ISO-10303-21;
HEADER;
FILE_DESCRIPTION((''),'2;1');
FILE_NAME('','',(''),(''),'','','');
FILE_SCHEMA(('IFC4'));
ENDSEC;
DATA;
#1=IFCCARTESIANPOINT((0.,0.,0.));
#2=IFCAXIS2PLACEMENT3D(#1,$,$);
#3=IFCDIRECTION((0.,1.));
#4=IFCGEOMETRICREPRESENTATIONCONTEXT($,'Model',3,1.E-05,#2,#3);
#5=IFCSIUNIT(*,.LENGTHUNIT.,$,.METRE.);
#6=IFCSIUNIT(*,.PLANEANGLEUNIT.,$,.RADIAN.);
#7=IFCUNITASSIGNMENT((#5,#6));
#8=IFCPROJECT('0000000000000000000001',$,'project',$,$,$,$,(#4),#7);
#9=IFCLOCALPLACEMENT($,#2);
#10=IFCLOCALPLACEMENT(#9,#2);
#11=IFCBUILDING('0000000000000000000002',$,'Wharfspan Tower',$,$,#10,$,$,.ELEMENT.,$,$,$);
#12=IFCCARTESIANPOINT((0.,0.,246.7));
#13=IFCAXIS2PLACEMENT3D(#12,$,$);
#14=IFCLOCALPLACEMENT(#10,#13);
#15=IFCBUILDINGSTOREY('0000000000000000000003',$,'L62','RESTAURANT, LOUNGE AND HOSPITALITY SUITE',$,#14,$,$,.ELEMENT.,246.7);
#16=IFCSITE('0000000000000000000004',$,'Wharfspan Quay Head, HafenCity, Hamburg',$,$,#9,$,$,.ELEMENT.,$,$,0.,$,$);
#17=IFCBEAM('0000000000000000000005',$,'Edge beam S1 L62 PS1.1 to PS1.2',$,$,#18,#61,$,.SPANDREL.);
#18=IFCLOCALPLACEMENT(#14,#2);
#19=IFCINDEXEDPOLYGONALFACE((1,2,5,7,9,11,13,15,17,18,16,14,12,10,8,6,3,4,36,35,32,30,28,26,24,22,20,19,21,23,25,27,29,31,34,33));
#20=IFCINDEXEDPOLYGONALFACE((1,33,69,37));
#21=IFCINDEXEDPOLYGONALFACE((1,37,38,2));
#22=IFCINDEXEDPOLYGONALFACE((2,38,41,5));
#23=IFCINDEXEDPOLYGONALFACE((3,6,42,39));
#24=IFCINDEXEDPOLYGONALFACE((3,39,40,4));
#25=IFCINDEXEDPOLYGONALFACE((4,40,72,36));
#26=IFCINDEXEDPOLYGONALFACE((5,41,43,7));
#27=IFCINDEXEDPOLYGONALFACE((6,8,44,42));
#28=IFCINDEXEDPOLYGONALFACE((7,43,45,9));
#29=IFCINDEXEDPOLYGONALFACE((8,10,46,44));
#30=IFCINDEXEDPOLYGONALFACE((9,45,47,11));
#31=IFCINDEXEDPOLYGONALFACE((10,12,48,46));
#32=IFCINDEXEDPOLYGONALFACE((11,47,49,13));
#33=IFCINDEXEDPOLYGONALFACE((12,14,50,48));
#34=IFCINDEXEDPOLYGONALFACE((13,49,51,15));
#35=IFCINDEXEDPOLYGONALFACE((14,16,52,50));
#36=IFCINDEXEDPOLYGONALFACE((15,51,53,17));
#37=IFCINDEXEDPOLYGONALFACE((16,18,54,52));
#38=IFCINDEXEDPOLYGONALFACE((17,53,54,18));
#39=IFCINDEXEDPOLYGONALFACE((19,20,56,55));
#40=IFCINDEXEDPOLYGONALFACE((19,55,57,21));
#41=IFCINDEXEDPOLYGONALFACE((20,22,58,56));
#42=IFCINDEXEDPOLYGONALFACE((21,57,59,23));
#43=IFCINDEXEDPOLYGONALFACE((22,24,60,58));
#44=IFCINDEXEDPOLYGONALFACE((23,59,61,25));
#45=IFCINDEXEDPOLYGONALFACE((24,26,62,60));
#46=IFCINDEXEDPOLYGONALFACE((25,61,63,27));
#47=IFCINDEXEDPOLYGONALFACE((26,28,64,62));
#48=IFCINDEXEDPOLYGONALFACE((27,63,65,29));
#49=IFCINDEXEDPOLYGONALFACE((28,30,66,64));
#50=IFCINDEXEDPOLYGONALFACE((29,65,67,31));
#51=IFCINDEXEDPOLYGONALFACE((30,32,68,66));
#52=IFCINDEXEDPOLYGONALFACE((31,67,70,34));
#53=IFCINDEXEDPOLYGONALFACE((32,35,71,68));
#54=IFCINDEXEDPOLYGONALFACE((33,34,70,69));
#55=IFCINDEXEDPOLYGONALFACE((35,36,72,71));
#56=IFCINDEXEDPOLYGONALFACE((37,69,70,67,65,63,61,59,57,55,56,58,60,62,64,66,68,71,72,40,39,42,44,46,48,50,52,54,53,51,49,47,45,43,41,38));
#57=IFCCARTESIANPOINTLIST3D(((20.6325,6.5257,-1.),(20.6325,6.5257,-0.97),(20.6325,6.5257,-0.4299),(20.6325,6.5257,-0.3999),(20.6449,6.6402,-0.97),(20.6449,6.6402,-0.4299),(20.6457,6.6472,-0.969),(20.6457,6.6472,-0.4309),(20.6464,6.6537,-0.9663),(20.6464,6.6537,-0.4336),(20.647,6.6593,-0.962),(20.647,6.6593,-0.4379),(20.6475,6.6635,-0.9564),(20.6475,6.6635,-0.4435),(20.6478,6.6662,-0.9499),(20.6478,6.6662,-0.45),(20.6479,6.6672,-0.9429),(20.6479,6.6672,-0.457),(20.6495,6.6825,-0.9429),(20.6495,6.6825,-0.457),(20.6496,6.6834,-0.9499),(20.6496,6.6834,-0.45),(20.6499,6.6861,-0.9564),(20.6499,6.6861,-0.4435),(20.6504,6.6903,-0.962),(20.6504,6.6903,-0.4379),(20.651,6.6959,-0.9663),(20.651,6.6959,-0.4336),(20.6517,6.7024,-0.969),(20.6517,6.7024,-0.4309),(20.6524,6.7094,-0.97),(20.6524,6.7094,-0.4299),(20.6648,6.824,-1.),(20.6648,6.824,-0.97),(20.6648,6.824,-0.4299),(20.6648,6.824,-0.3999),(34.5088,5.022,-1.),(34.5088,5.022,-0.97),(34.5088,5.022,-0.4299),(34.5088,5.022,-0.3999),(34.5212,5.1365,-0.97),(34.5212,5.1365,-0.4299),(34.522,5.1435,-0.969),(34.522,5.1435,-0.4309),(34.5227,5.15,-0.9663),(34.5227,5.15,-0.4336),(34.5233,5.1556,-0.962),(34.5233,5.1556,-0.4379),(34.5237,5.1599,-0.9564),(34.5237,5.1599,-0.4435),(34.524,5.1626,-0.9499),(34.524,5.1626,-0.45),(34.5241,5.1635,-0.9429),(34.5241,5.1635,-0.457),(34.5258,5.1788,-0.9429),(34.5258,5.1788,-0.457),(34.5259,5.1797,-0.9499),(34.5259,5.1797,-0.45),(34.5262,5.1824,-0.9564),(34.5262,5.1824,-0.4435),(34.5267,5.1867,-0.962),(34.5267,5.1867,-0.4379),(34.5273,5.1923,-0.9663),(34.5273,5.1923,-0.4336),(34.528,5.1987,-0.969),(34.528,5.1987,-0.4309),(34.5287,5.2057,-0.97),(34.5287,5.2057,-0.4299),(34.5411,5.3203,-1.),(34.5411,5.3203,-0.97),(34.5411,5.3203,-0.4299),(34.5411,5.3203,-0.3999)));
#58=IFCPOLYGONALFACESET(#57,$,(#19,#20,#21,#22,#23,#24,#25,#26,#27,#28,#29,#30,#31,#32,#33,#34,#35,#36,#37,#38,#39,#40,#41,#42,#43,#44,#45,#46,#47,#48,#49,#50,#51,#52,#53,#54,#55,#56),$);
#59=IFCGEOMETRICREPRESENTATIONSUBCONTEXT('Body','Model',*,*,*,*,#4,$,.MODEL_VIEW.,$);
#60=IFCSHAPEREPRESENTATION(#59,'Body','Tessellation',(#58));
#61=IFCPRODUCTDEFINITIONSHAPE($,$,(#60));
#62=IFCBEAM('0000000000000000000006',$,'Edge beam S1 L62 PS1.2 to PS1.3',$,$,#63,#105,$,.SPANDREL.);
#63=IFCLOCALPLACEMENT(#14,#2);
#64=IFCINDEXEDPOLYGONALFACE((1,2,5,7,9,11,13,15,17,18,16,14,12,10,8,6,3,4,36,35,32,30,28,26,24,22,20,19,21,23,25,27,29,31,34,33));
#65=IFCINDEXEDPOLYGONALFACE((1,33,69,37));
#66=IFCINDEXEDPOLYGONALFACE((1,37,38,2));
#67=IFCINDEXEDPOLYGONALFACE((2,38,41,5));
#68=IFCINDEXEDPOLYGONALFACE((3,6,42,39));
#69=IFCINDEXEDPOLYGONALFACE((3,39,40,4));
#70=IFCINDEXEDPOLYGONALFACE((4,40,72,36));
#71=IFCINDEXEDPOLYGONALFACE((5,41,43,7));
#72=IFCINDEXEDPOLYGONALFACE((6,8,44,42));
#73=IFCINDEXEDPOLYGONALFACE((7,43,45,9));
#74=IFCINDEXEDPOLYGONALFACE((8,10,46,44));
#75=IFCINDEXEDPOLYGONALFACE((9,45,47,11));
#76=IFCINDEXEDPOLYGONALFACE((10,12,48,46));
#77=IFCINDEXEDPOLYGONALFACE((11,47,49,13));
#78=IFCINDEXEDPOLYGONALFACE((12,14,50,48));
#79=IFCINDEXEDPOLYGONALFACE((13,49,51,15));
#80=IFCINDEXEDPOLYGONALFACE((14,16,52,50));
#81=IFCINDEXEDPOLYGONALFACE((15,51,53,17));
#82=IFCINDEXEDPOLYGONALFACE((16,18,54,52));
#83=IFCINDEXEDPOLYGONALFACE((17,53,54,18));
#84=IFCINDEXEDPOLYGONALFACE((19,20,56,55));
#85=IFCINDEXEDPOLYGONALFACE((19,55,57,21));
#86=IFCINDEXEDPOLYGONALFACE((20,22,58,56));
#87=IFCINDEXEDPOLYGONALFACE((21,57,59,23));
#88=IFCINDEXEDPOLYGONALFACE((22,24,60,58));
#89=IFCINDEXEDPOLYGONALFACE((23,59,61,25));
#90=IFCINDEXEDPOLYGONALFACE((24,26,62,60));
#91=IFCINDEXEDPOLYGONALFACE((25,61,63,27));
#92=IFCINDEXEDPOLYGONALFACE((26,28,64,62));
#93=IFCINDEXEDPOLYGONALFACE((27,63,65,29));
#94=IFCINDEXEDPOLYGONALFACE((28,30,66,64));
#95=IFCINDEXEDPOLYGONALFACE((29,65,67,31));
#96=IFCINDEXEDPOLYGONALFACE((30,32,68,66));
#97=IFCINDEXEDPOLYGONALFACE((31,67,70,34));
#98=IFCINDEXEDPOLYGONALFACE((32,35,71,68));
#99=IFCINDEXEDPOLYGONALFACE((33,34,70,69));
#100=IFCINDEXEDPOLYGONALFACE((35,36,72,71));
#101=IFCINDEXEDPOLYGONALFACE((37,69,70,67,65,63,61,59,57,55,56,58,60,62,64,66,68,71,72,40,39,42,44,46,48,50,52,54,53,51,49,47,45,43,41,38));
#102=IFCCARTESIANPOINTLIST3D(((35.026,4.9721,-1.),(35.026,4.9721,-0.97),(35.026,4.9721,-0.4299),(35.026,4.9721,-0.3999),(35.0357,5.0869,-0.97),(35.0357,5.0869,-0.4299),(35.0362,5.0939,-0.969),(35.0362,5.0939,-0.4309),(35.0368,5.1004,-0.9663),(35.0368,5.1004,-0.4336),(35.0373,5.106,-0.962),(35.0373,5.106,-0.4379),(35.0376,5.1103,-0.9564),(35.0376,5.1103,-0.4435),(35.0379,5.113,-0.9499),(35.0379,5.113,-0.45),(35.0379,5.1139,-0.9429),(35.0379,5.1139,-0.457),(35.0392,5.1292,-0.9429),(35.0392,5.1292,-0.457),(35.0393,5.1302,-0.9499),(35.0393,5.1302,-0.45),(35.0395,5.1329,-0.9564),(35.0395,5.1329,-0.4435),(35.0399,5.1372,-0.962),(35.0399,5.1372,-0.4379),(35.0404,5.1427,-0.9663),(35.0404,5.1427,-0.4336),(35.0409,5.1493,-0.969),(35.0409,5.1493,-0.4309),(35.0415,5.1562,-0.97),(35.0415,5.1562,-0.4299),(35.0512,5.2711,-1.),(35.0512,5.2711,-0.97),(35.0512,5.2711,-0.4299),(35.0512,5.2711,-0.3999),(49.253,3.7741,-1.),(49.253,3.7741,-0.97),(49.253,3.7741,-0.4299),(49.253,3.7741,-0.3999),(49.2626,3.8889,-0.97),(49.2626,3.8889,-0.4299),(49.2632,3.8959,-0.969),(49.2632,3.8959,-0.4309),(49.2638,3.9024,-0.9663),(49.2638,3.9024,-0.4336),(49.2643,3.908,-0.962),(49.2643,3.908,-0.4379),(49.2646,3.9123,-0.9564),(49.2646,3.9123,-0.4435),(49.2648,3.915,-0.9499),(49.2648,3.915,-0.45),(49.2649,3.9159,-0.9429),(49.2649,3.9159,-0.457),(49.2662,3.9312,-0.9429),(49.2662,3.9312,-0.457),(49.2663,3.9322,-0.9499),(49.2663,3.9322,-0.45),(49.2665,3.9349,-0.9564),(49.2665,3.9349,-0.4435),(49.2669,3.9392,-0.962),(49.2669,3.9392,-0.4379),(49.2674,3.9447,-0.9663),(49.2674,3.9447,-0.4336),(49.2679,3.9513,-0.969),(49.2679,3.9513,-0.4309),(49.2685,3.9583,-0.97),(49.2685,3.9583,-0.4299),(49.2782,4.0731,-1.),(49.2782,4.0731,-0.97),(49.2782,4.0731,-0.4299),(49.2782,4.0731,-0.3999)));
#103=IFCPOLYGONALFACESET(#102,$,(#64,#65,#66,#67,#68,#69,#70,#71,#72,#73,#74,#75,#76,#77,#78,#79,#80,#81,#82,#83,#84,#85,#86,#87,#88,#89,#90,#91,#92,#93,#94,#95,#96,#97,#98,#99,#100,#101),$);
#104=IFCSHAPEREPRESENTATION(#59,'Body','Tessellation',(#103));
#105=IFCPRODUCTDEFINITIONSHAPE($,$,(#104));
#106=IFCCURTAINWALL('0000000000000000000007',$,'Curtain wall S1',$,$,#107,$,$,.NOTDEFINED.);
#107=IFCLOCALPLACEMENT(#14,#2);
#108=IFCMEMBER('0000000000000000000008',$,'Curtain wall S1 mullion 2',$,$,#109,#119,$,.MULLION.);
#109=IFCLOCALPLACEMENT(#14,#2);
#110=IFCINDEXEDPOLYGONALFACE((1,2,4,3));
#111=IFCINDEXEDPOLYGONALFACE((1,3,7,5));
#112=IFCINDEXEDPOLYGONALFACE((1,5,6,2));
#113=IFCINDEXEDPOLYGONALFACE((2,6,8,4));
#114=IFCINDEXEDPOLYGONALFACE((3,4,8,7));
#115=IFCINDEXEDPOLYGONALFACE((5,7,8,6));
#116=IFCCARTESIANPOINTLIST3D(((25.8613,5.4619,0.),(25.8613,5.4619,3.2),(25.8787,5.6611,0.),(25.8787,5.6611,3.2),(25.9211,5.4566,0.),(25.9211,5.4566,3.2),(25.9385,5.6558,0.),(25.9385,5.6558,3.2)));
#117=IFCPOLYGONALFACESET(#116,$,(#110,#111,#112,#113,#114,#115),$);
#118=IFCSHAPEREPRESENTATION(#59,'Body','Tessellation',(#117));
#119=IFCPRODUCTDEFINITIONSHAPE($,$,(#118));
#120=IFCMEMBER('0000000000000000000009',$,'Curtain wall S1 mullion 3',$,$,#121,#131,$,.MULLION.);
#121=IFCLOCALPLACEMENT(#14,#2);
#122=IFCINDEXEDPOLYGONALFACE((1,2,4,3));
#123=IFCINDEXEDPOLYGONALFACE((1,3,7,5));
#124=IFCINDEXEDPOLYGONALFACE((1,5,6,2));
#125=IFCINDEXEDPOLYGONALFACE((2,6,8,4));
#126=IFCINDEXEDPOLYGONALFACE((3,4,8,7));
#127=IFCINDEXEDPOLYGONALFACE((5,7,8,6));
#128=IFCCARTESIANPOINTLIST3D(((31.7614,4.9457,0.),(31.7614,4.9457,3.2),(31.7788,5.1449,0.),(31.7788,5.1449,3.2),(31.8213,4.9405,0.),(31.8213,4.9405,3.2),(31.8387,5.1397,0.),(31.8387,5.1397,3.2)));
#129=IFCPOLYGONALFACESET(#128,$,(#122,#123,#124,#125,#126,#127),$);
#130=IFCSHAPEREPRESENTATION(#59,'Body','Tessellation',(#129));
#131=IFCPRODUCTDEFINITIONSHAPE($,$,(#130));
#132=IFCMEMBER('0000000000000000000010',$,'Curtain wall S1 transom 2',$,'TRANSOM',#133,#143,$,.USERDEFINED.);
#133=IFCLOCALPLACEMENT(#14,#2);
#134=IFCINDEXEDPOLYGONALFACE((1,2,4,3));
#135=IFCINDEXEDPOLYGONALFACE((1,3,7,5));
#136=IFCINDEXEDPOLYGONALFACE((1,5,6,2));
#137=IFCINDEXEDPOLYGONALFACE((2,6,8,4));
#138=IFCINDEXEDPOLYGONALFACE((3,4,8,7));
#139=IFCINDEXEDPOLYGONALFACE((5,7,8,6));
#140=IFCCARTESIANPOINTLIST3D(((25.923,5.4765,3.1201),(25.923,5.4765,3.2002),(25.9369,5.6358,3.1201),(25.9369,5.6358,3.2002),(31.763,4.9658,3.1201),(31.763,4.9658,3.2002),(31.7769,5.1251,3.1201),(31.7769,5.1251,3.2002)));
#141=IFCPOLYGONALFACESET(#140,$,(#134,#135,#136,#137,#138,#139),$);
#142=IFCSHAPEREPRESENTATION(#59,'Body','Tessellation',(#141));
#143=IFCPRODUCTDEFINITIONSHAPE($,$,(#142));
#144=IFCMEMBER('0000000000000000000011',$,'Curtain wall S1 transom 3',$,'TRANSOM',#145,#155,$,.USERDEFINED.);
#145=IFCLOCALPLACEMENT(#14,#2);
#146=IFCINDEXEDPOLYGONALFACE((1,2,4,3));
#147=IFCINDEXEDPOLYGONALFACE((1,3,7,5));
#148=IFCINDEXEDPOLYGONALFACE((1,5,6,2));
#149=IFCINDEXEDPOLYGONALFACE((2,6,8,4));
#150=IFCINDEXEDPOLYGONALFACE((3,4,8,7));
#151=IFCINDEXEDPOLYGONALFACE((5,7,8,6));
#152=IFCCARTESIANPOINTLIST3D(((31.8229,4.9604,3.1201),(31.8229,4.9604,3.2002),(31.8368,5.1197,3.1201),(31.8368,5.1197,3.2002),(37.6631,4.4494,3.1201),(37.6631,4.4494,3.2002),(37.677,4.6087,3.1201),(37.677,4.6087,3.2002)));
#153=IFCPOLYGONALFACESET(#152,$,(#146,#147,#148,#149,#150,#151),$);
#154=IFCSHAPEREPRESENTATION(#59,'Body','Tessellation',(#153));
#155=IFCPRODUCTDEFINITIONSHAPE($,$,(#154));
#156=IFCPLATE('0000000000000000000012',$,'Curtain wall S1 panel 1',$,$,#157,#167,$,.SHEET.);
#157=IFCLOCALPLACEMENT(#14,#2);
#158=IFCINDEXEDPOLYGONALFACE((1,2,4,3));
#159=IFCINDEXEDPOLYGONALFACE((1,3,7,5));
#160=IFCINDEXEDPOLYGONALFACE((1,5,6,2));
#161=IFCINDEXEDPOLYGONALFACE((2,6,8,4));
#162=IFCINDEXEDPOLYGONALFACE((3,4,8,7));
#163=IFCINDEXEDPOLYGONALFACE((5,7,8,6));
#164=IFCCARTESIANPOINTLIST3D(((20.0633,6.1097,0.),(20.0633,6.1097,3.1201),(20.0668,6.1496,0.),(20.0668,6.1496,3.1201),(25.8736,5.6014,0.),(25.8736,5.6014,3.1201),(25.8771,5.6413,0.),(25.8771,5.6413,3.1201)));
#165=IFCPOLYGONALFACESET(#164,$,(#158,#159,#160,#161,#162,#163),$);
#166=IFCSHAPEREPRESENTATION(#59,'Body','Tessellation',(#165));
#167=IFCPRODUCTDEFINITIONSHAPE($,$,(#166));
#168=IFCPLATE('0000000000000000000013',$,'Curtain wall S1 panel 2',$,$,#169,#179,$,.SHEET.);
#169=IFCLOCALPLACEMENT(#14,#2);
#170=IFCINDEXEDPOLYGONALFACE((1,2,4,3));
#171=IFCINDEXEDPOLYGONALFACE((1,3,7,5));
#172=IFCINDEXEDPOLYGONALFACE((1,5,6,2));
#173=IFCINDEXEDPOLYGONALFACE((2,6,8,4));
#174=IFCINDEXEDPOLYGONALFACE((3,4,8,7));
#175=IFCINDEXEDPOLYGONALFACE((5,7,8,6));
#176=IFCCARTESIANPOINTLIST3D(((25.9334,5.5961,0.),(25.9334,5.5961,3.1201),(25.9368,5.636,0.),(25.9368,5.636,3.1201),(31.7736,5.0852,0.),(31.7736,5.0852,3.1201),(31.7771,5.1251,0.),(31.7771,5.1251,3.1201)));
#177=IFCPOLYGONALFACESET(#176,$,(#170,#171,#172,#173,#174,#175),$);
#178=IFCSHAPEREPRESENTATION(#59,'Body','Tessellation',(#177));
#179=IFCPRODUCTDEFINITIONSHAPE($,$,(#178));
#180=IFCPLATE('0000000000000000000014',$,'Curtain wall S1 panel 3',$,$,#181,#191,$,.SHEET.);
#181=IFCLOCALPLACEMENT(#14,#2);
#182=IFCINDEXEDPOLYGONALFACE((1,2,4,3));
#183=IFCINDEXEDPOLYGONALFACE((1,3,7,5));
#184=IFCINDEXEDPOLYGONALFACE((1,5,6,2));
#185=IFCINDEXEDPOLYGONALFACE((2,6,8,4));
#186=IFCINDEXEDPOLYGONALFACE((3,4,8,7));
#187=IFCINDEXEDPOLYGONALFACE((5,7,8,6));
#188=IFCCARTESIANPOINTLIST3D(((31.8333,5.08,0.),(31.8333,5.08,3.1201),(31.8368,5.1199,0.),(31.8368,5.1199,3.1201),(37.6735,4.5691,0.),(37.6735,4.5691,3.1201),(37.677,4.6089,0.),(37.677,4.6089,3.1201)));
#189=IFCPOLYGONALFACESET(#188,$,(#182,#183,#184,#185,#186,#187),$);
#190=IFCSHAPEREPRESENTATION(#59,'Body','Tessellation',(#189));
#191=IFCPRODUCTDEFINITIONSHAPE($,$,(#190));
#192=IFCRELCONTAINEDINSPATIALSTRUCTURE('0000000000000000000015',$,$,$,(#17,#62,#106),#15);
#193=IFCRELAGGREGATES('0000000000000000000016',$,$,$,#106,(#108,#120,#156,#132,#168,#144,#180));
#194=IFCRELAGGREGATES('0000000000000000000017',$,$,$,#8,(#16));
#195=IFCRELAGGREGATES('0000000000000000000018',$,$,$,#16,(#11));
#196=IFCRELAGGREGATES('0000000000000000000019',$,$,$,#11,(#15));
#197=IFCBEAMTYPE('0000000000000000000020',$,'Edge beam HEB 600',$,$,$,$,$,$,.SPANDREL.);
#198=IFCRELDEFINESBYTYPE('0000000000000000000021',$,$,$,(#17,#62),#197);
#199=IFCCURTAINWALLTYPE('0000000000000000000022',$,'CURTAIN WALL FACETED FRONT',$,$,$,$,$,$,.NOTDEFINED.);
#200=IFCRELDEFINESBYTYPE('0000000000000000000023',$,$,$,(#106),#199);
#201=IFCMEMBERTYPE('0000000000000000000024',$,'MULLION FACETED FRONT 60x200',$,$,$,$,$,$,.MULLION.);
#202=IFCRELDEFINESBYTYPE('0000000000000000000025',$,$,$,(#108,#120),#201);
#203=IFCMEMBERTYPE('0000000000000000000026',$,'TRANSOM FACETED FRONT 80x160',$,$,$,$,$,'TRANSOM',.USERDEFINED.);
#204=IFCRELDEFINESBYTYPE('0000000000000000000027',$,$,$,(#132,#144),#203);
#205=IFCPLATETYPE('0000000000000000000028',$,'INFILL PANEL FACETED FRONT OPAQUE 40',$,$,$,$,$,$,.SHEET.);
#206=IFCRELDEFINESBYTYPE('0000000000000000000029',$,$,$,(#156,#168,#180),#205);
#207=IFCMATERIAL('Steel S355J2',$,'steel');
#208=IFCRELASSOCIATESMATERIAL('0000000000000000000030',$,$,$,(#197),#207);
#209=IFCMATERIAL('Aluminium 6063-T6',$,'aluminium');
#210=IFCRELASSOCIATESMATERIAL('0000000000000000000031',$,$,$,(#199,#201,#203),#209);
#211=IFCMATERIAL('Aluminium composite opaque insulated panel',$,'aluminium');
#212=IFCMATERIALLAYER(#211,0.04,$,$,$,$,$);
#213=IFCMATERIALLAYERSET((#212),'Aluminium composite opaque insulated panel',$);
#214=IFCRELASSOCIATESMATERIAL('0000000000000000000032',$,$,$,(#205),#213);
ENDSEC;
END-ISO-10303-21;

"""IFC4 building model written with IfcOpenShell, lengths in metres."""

from ifc_helpers import new_model, si_unit, direction, frame, origin, origin_2d, place, context, subcontext, project, spatial, rectangle, i_section, extrude, material, layer, layer_set, material_profile, profile_set, type_object, element, aggregate, save


model = new_model("IFC4")

# Units and contexts
model_context = context("Model", 3, precision=1e-05, world=origin(), true_north=direction((0.0, 1.0)))
body_context = subcontext(model_context, "Body", "Model", "MODEL_VIEW")
ifc_project = project(units=[si_unit("LENGTHUNIT", "METRE"), si_unit("PLANEANGLEUNIT", "RADIAN")], contexts=[model_context])

# Site, building, storey
site_placement = place(None, origin())
site = spatial("IfcSite", under=ifc_project, at=site_placement, Name="Wharfspan Quay Head, HafenCity, Hamburg", CompositionType="ELEMENT", RefElevation=0.0)
building_placement = place(site_placement, origin())
building = spatial("IfcBuilding", under=site, at=building_placement, Name="Wharfspan Tower", CompositionType="ELEMENT")
storey_placement = place(building_placement, frame((0.0, 0.0, 246.7)))
storey = spatial("IfcBuildingStorey", under=building, at=storey_placement, Name="L62", Description="RESTAURANT, LOUNGE AND HOSPITALITY SUITE", CompositionType="ELEMENT", Elevation=246.7)

# Shared definitions
ifc_material_1 = material(Name="Steel S355J2", Category="steel")

# Beams
ifc_material_profile_1 = material_profile(ifc_material_1, i_section(OverallWidth=0.3, OverallDepth=0.6001, WebThickness=0.0154, FlangeThickness=0.03, FilletRadius=0.0271, at=origin_2d()))
ifc_profile_set_1 = profile_set([ifc_material_profile_1], Name="Steel S355J2")
beam_type = type_object("IfcBeamType", Name="Edge beam HEB 600", PredefinedType="SPANDREL", material=ifc_profile_set_1)
beam_1_placement = place(storey_placement, frame((20.6487, 6.6748, -0.7), z_axis=(0.99418, -0.107732, 0.0), x_axis=(0.107732, 0.99418, 0.0)))
element("IfcBeam", 1, at=beam_1_placement, inside=storey, type_object=beam_type, Name="Edge beam S1 L62 PS1.1 to PS1.2", PredefinedType="SPANDREL", context=body_context, shape_type="SweptSolid", body=[
    extrude(i_section(OverallWidth=0.3, OverallDepth=0.6001, WebThickness=0.0154, FlangeThickness=0.03, FilletRadius=0.0271, at=origin_2d()), origin(), (0.0, 0.0, 1.0), 13.9575),
])
beam_2_placement = place(storey_placement, frame((35.0386, 5.1216, -0.7), z_axis=(0.996473, -0.083909, 0.0), x_axis=(0.083909, 0.996473, 0.0)))
element("IfcBeam", 2, at=beam_2_placement, inside=storey, type_object=beam_type, Name="Edge beam S1 L62 PS1.2 to PS1.3", PredefinedType="SPANDREL", context=body_context, shape_type="SweptSolid", body=[
    extrude(i_section(OverallWidth=0.3, OverallDepth=0.6001, WebThickness=0.0154, FlangeThickness=0.03, FilletRadius=0.0271, at=origin_2d()), origin(), (0.0, 0.0, 1.0), 14.2773),
])

# Curtain wall, members, plates
ifc_material_2 = material(Name="Aluminium 6063-T6", Category="aluminium")
curtain_wall_type_1 = type_object("IfcCurtainWallType", Name="CURTAIN WALL FACETED FRONT", PredefinedType="NOTDEFINED", material=ifc_material_2)
curtain_wall_1_placement = place(storey_placement, origin())
curtain_wall_1 = element("IfcCurtainWall", 3, at=curtain_wall_1_placement, inside=storey, type_object=curtain_wall_type_1, Name="Curtain wall S1", PredefinedType="NOTDEFINED")
ifc_material_profile_2 = material_profile(ifc_material_2, rectangle(XDim=0.2, YDim=0.0601, at=origin_2d()))
ifc_profile_set_2 = profile_set([ifc_material_profile_2], Name="Aluminium 6063-T6")
member_type_1 = type_object("IfcMemberType", Name="MULLION FACETED FRONT 60x200", PredefinedType="MULLION", material=ifc_profile_set_2)
member_1_placement = place(storey_placement, frame((25.8999, 5.5588, 0.0), z_axis=(0.0, 0.0, 1.0), x_axis=(0.087156, 0.996197, 0.0)))
member_1 = element("IfcMember", 4, at=member_1_placement, type_object=member_type_1, Name="Curtain wall S1 mullion 2", PredefinedType="MULLION", context=body_context, shape_type="SweptSolid", body=[
    extrude(rectangle(XDim=0.2, YDim=0.0601, at=origin_2d()), origin(), (0.0, 0.0, 1.0), 3.2),
])
member_2_placement = place(storey_placement, frame((31.8, 5.0427, 0.0), z_axis=(0.0, 0.0, 1.0), x_axis=(0.087156, 0.996197, 0.0)))
member_2 = element("IfcMember", 5, at=member_2_placement, type_object=member_type_1, Name="Curtain wall S1 mullion 3", PredefinedType="MULLION", context=body_context, shape_type="SweptSolid", body=[
    extrude(rectangle(XDim=0.2, YDim=0.0601, at=origin_2d()), origin(), (0.0, 0.0, 1.0), 3.2),
])
ifc_material_profile_3 = material_profile(ifc_material_2, rectangle(XDim=0.1599, YDim=0.0801, at=origin_2d()))
ifc_profile_set_3 = profile_set([ifc_material_profile_3], Name="Aluminium 6063-T6")
member_type_2 = type_object("IfcMemberType", Name="TRANSOM FACETED FRONT 80x160", ElementType="TRANSOM", PredefinedType="USERDEFINED", material=ifc_profile_set_3)
member_3_placement = place(storey_placement, frame((25.9299, 5.5562, 3.1602), z_axis=(0.996198, -0.087122, 0.0), x_axis=(0.087122, 0.996198, 0.0)))
member_3 = element("IfcMember", 6, at=member_3_placement, type_object=member_type_2, Name="Curtain wall S1 transom 2", ObjectType="TRANSOM", PredefinedType="USERDEFINED", context=body_context, shape_type="SweptSolid", body=[
    extrude(rectangle(XDim=0.1599, YDim=0.0801, at=origin_2d()), origin(), (0.0, 0.0, 1.0), 5.8623),
])
member_4_placement = place(storey_placement, frame((31.8298, 5.04, 3.1602), z_axis=(0.996194, -0.08716, 0.0), x_axis=(0.08716, 0.996194, 0.0)))
member_4 = element("IfcMember", 7, at=member_4_placement, type_object=member_type_2, Name="Curtain wall S1 transom 3", ObjectType="TRANSOM", PredefinedType="USERDEFINED", context=body_context, shape_type="SweptSolid", body=[
    extrude(rectangle(XDim=0.1599, YDim=0.0801, at=origin_2d()), origin(), (0.0, 0.0, 1.0), 5.8625),
])
ifc_material_3 = material(Name="Aluminium composite opaque insulated panel", Category="aluminium")
ifc_layer_1 = layer(ifc_material_3, 0.04)
ifc_layer_set_1 = layer_set([ifc_layer_1], Name="Aluminium composite opaque insulated panel")
plate_type_1 = type_object("IfcPlateType", Name="INFILL PANEL FACETED FRONT OPAQUE 40", PredefinedType="SHEET", material=ifc_layer_set_1)
plate_1_placement = place(storey_placement, frame((22.9702, 5.8755, 0.0), z_axis=(0.0, 0.0, 1.0), x_axis=(0.996197, -0.087156, 0.0)))
plate_1 = element("IfcPlate", 8, at=plate_1_placement, type_object=plate_type_1, Name="Curtain wall S1 panel 1", PredefinedType="SHEET", context=body_context, shape_type="SweptSolid", body=[
    extrude(rectangle(XDim=5.8325, YDim=0.04, at=origin_2d()), origin(), (0.0, 0.0, 1.0), 3.1201),
])
plate_2_placement = place(storey_placement, frame((28.8552, 5.3606, 0.0), z_axis=(0.0, 0.0, 1.0), x_axis=(0.996197, -0.087156, 0.0)))
plate_2 = element("IfcPlate", 9, at=plate_2_placement, type_object=plate_type_1, Name="Curtain wall S1 panel 2", PredefinedType="SHEET", context=body_context, shape_type="SweptSolid", body=[
    extrude(rectangle(XDim=5.8625, YDim=0.04, at=origin_2d()), origin(), (0.0, 0.0, 1.0), 3.1201),
])
plate_3_placement = place(storey_placement, frame((34.7551, 4.8445, 0.0), z_axis=(0.0, 0.0, 1.0), x_axis=(0.996197, -0.087156, 0.0)))
plate_3 = element("IfcPlate", 10, at=plate_3_placement, type_object=plate_type_1, Name="Curtain wall S1 panel 3", PredefinedType="SHEET", context=body_context, shape_type="SweptSolid", body=[
    extrude(rectangle(XDim=5.8625, YDim=0.04, at=origin_2d()), origin(), (0.0, 0.0, 1.0), 3.1201),
])
aggregate(curtain_wall_1, [member_1, member_2, plate_1, member_3, plate_2, member_4, plate_3])

save(model, "model.ifc")
